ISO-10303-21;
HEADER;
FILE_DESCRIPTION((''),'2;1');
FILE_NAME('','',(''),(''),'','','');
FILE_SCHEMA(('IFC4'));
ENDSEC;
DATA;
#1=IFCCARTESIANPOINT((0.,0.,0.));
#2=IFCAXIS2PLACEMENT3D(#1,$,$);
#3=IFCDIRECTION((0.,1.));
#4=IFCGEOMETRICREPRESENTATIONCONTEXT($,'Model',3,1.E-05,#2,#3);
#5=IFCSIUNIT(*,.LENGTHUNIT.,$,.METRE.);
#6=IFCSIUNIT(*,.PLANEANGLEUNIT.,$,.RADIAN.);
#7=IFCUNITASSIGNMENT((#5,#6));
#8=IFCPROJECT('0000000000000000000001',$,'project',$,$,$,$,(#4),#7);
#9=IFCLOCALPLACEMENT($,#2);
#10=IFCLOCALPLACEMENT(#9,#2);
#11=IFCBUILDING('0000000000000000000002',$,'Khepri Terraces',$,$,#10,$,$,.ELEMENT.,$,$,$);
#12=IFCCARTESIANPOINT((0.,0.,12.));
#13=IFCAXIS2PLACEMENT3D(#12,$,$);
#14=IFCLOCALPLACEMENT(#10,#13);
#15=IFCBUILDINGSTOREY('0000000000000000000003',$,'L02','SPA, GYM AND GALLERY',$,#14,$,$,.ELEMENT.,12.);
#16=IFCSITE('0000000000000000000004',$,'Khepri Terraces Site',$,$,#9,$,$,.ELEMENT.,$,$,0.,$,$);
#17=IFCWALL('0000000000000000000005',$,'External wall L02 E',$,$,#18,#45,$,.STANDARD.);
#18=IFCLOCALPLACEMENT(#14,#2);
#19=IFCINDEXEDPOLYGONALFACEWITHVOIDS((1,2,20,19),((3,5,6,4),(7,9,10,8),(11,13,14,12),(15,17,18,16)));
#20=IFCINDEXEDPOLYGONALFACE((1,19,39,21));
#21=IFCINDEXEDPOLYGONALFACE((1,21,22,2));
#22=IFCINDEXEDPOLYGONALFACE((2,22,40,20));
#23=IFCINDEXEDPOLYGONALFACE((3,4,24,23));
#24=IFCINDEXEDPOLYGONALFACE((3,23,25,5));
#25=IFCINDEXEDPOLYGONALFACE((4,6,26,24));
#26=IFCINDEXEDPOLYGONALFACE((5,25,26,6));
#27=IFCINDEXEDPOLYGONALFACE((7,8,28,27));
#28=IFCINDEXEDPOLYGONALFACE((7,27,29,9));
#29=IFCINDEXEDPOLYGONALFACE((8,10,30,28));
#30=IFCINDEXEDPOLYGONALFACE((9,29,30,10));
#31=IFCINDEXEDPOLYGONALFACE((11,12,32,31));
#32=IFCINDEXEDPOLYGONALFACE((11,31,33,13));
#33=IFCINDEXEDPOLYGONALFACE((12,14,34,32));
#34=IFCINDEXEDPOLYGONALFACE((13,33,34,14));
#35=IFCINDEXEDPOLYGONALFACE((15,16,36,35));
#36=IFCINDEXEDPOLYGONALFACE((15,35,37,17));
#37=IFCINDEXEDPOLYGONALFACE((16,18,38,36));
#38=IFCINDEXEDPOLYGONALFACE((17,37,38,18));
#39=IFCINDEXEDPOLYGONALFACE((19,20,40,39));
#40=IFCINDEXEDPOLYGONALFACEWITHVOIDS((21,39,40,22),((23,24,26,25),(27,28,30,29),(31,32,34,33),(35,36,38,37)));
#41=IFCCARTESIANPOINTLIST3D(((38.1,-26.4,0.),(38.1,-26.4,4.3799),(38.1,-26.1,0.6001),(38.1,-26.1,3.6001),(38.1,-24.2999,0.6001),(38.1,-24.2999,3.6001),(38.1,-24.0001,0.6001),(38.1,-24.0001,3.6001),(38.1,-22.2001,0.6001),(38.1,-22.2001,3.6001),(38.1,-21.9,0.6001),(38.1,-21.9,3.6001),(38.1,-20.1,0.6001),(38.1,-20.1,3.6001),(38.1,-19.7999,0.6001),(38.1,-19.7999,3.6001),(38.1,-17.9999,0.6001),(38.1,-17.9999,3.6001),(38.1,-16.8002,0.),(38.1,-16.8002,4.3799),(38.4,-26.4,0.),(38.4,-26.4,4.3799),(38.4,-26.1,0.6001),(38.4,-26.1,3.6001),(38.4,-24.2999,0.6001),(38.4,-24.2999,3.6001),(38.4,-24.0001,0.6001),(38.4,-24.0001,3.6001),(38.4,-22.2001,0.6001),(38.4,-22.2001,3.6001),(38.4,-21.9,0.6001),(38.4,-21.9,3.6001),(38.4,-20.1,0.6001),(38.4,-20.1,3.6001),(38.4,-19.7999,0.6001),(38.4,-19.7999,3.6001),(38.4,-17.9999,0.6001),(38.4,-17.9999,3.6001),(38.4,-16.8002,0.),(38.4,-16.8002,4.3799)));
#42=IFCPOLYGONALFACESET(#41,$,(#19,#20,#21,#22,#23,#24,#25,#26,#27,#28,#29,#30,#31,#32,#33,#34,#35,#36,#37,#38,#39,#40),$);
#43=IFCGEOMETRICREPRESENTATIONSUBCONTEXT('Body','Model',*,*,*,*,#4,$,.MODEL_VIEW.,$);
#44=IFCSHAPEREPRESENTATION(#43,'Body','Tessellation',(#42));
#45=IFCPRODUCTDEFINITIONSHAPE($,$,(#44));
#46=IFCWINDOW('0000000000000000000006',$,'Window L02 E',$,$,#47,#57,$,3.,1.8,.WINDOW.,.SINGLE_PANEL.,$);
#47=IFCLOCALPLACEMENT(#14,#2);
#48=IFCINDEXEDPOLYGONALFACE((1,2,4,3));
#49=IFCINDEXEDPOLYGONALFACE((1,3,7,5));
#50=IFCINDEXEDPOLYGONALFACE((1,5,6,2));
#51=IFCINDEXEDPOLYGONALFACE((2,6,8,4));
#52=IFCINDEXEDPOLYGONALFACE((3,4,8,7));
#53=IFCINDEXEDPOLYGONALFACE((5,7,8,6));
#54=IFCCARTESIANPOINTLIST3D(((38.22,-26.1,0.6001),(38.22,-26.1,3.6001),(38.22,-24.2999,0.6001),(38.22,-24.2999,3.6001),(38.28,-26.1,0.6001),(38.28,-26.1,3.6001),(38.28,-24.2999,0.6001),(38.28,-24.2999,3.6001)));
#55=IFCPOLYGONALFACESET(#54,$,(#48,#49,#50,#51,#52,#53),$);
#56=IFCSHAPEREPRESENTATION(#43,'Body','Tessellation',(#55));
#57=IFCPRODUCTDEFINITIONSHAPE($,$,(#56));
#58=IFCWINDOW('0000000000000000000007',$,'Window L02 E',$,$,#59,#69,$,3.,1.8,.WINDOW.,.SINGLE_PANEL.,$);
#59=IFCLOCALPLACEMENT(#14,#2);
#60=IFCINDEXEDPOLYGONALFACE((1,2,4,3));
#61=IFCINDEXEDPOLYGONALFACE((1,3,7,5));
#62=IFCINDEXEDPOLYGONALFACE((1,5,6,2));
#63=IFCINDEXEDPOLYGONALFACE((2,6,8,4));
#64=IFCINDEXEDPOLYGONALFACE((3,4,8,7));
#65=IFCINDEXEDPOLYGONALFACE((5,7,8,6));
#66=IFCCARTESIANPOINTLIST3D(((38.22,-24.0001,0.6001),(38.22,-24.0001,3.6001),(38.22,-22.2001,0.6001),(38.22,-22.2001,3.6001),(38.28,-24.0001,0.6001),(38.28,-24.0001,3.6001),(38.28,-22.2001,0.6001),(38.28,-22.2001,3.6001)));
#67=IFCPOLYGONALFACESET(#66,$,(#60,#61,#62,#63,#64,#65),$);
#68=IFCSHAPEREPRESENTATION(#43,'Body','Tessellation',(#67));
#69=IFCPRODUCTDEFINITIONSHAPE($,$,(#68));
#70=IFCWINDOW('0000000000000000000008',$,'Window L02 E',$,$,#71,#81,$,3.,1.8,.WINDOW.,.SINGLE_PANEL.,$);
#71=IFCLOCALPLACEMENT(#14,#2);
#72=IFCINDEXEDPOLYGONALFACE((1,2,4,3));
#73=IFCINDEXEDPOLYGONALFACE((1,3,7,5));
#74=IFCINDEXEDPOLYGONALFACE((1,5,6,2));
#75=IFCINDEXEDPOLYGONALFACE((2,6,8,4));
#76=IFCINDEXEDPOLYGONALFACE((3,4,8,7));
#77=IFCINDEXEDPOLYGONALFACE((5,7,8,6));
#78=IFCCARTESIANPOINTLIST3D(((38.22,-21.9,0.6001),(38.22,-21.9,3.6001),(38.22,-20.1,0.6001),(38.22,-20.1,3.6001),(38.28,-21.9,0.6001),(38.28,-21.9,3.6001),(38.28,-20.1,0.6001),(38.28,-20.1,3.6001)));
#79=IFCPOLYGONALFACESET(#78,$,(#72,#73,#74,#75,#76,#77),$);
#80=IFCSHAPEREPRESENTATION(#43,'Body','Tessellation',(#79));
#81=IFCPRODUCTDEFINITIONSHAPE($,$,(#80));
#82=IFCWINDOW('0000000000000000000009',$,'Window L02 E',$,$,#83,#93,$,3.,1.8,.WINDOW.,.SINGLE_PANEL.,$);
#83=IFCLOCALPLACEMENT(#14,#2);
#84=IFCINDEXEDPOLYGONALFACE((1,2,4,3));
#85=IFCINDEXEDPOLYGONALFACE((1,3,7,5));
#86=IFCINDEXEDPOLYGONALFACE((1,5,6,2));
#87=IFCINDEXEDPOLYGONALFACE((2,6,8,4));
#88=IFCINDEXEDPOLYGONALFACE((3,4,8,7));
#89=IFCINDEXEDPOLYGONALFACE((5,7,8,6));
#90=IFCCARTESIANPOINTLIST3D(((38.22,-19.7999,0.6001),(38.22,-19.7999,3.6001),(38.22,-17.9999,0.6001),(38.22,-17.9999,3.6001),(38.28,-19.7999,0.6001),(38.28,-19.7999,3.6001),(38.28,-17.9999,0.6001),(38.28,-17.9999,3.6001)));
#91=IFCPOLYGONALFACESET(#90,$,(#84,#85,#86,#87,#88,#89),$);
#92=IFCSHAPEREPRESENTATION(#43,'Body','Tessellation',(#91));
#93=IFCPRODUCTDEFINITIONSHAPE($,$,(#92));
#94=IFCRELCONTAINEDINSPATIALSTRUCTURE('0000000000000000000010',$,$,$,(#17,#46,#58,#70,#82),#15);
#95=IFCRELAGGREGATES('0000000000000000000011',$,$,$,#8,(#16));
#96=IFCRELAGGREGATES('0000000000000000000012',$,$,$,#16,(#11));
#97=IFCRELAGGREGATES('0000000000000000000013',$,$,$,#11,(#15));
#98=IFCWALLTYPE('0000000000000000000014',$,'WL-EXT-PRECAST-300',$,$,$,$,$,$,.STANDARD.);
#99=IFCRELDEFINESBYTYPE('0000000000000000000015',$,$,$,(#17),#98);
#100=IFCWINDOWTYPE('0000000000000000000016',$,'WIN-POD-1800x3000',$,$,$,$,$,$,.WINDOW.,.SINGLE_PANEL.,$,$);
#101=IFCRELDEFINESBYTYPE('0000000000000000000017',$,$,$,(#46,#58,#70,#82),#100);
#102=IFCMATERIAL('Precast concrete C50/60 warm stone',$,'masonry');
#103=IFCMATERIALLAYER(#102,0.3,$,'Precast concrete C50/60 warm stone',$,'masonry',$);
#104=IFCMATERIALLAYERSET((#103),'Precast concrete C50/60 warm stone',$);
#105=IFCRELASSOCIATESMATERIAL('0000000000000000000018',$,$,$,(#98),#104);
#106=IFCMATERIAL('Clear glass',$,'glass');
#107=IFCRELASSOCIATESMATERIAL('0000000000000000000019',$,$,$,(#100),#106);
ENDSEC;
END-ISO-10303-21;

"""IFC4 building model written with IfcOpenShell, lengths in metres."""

from ifc_helpers import new_model, si_unit, direction, frame, frame_2d, origin, place, context, subcontext, project, spatial, rectangle, extrude, material, layer, layer_set, type_object, element, fill, save


model = new_model("IFC4")

# Units and contexts
model_context = context("Model", 3, precision=1e-05, world=origin(), true_north=direction((0.0, 1.0)))
body_context = subcontext(model_context, "Body", "Model", "MODEL_VIEW")
ifc_project = project(units=[si_unit("LENGTHUNIT", "METRE"), si_unit("PLANEANGLEUNIT", "RADIAN")], contexts=[model_context])

# Site, building, storey
site_placement = place(None, origin())
site = spatial("IfcSite", under=ifc_project, at=site_placement, Name="Khepri Terraces Site", CompositionType="ELEMENT", RefElevation=0.0)
building_placement = place(site_placement, origin())
building = spatial("IfcBuilding", under=site, at=building_placement, Name="Khepri Terraces", CompositionType="ELEMENT")
storey_placement = place(building_placement, frame((0.0, 0.0, 12.0)))
storey = spatial("IfcBuildingStorey", under=building, at=storey_placement, Name="L02", Description="SPA, GYM AND GALLERY", CompositionType="ELEMENT", Elevation=12.0)

# Shared definitions
ifc_material_1 = material(Name="Clear glass", Category="glass")

# Shared definitions
ifc_material_2 = material(Name="Precast concrete C50/60 warm stone", Category="masonry")
ifc_layer_1 = layer(ifc_material_2, 0.3, Name="Precast concrete C50/60 warm stone", Category="masonry")
ifc_layer_set_1 = layer_set([ifc_layer_1], Name="Precast concrete C50/60 warm stone")
wall_type = type_object("IfcWallType", Name="WL-EXT-PRECAST-300", PredefinedType="STANDARD", material=ifc_layer_set_1)

# Wall, openings, windows
wall_1_placement = place(storey_placement, frame((38.25, -26.3999, 0.0), z_axis=(0.0, 0.0, 1.0), x_axis=(0.0, 1.0, 0.0)))
wall_1 = element("IfcWall", 1, at=wall_1_placement, inside=storey, type_object=wall_type, Name="External wall L02 E", PredefinedType="STANDARD", context=body_context, shape_type="SweptSolid", body=[
    extrude(rectangle(XDim=9.5999, YDim=0.3, at=frame_2d((4.7998, 0.0))), origin(), (0.0, 0.0, 1.0), 4.3799),
])
opening_1_placement = place(wall_1_placement, frame((0.3, 0.0, 0.6001)))
opening_1 = element("IfcOpeningElement", 2, at=opening_1_placement, cuts=wall_1, PredefinedType="OPENING", context=body_context, shape_type="SweptSolid", body=[
    extrude(rectangle(XDim=1.8, YDim=3.0, at=frame_2d((0.8999, 1.5))), frame((0.0, 0.1602, 0.0), z_axis=(0.0, -1.0, 0.0), x_axis=(1.0, 0.0, 0.0)), (0.0, 0.0, 1.0), 0.3201),
])
opening_2_placement = place(wall_1_placement, frame((2.3999, 0.0, 0.6001)))
opening_2 = element("IfcOpeningElement", 3, at=opening_2_placement, cuts=wall_1, PredefinedType="OPENING", context=body_context, shape_type="SweptSolid", body=[
    extrude(rectangle(XDim=1.8, YDim=3.0, at=frame_2d((0.8999, 1.5))), frame((0.0, 0.1602, 0.0), z_axis=(0.0, -1.0, 0.0), x_axis=(1.0, 0.0, 0.0)), (0.0, 0.0, 1.0), 0.3201),
])
opening_3_placement = place(wall_1_placement, frame((4.5, 0.0, 0.6001)))
opening_3 = element("IfcOpeningElement", 4, at=opening_3_placement, cuts=wall_1, PredefinedType="OPENING", context=body_context, shape_type="SweptSolid", body=[
    extrude(rectangle(XDim=1.8, YDim=3.0, at=frame_2d((0.8999, 1.5))), frame((0.0, 0.1602, 0.0), z_axis=(0.0, -1.0, 0.0), x_axis=(1.0, 0.0, 0.0)), (0.0, 0.0, 1.0), 0.3201),
])
opening_4_placement = place(wall_1_placement, frame((6.6001, 0.0, 0.6001)))
opening_4 = element("IfcOpeningElement", 5, at=opening_4_placement, cuts=wall_1, PredefinedType="OPENING", context=body_context, shape_type="SweptSolid", body=[
    extrude(rectangle(XDim=1.8, YDim=3.0, at=frame_2d((0.8999, 1.5))), frame((0.0, 0.1602, 0.0), z_axis=(0.0, -1.0, 0.0), x_axis=(1.0, 0.0, 0.0)), (0.0, 0.0, 1.0), 0.3201),
])
window_type = type_object("IfcWindowType", Name="WIN-POD-1800x3000", PartitioningType="SINGLE_PANEL", PredefinedType="WINDOW", material=ifc_material_1)
window_1_placement = place(opening_1_placement, origin())
window_1 = element("IfcWindow", 6, at=window_1_placement, inside=storey, type_object=window_type, Name="Window L02 E", OverallHeight=3.0, OverallWidth=1.8, PartitioningType="SINGLE_PANEL", PredefinedType="WINDOW", context=body_context, shape_type="SweptSolid", body=[
    extrude(rectangle(XDim=1.8, YDim=3.0, at=frame_2d((0.8999, 1.5))), frame((0.0, 0.03, 0.0), z_axis=(0.0, -1.0, 0.0), x_axis=(1.0, 0.0, 0.0)), (0.0, 0.0, 1.0), 0.0601),
])
fill(opening_1, window_1)
window_2_placement = place(opening_2_placement, origin())
window_2 = element("IfcWindow", 7, at=window_2_placement, inside=storey, type_object=window_type, Name="Window L02 E", OverallHeight=3.0, OverallWidth=1.8, PartitioningType="SINGLE_PANEL", PredefinedType="WINDOW", context=body_context, shape_type="SweptSolid", body=[
    extrude(rectangle(XDim=1.8, YDim=3.0, at=frame_2d((0.8999, 1.5))), frame((0.0, 0.03, 0.0), z_axis=(0.0, -1.0, 0.0), x_axis=(1.0, 0.0, 0.0)), (0.0, 0.0, 1.0), 0.0601),
])
fill(opening_2, window_2)
window_3_placement = place(opening_3_placement, origin())
window_3 = element("IfcWindow", 8, at=window_3_placement, inside=storey, type_object=window_type, Name="Window L02 E", OverallHeight=3.0, OverallWidth=1.8, PartitioningType="SINGLE_PANEL", PredefinedType="WINDOW", context=body_context, shape_type="SweptSolid", body=[
    extrude(rectangle(XDim=1.8, YDim=3.0, at=frame_2d((0.8999, 1.5))), frame((0.0, 0.03, 0.0), z_axis=(0.0, -1.0, 0.0), x_axis=(1.0, 0.0, 0.0)), (0.0, 0.0, 1.0), 0.0601),
])
fill(opening_3, window_3)
window_4_placement = place(opening_4_placement, origin())
window_4 = element("IfcWindow", 9, at=window_4_placement, inside=storey, type_object=window_type, Name="Window L02 E", OverallHeight=3.0, OverallWidth=1.8, PartitioningType="SINGLE_PANEL", PredefinedType="WINDOW", context=body_context, shape_type="SweptSolid", body=[
    extrude(rectangle(XDim=1.8, YDim=3.0, at=frame_2d((0.8999, 1.5))), frame((0.0, 0.03, 0.0), z_axis=(0.0, -1.0, 0.0), x_axis=(1.0, 0.0, 0.0)), (0.0, 0.0, 1.0), 0.0601),
])
fill(opening_4, window_4)

save(model, "model.ifc")
